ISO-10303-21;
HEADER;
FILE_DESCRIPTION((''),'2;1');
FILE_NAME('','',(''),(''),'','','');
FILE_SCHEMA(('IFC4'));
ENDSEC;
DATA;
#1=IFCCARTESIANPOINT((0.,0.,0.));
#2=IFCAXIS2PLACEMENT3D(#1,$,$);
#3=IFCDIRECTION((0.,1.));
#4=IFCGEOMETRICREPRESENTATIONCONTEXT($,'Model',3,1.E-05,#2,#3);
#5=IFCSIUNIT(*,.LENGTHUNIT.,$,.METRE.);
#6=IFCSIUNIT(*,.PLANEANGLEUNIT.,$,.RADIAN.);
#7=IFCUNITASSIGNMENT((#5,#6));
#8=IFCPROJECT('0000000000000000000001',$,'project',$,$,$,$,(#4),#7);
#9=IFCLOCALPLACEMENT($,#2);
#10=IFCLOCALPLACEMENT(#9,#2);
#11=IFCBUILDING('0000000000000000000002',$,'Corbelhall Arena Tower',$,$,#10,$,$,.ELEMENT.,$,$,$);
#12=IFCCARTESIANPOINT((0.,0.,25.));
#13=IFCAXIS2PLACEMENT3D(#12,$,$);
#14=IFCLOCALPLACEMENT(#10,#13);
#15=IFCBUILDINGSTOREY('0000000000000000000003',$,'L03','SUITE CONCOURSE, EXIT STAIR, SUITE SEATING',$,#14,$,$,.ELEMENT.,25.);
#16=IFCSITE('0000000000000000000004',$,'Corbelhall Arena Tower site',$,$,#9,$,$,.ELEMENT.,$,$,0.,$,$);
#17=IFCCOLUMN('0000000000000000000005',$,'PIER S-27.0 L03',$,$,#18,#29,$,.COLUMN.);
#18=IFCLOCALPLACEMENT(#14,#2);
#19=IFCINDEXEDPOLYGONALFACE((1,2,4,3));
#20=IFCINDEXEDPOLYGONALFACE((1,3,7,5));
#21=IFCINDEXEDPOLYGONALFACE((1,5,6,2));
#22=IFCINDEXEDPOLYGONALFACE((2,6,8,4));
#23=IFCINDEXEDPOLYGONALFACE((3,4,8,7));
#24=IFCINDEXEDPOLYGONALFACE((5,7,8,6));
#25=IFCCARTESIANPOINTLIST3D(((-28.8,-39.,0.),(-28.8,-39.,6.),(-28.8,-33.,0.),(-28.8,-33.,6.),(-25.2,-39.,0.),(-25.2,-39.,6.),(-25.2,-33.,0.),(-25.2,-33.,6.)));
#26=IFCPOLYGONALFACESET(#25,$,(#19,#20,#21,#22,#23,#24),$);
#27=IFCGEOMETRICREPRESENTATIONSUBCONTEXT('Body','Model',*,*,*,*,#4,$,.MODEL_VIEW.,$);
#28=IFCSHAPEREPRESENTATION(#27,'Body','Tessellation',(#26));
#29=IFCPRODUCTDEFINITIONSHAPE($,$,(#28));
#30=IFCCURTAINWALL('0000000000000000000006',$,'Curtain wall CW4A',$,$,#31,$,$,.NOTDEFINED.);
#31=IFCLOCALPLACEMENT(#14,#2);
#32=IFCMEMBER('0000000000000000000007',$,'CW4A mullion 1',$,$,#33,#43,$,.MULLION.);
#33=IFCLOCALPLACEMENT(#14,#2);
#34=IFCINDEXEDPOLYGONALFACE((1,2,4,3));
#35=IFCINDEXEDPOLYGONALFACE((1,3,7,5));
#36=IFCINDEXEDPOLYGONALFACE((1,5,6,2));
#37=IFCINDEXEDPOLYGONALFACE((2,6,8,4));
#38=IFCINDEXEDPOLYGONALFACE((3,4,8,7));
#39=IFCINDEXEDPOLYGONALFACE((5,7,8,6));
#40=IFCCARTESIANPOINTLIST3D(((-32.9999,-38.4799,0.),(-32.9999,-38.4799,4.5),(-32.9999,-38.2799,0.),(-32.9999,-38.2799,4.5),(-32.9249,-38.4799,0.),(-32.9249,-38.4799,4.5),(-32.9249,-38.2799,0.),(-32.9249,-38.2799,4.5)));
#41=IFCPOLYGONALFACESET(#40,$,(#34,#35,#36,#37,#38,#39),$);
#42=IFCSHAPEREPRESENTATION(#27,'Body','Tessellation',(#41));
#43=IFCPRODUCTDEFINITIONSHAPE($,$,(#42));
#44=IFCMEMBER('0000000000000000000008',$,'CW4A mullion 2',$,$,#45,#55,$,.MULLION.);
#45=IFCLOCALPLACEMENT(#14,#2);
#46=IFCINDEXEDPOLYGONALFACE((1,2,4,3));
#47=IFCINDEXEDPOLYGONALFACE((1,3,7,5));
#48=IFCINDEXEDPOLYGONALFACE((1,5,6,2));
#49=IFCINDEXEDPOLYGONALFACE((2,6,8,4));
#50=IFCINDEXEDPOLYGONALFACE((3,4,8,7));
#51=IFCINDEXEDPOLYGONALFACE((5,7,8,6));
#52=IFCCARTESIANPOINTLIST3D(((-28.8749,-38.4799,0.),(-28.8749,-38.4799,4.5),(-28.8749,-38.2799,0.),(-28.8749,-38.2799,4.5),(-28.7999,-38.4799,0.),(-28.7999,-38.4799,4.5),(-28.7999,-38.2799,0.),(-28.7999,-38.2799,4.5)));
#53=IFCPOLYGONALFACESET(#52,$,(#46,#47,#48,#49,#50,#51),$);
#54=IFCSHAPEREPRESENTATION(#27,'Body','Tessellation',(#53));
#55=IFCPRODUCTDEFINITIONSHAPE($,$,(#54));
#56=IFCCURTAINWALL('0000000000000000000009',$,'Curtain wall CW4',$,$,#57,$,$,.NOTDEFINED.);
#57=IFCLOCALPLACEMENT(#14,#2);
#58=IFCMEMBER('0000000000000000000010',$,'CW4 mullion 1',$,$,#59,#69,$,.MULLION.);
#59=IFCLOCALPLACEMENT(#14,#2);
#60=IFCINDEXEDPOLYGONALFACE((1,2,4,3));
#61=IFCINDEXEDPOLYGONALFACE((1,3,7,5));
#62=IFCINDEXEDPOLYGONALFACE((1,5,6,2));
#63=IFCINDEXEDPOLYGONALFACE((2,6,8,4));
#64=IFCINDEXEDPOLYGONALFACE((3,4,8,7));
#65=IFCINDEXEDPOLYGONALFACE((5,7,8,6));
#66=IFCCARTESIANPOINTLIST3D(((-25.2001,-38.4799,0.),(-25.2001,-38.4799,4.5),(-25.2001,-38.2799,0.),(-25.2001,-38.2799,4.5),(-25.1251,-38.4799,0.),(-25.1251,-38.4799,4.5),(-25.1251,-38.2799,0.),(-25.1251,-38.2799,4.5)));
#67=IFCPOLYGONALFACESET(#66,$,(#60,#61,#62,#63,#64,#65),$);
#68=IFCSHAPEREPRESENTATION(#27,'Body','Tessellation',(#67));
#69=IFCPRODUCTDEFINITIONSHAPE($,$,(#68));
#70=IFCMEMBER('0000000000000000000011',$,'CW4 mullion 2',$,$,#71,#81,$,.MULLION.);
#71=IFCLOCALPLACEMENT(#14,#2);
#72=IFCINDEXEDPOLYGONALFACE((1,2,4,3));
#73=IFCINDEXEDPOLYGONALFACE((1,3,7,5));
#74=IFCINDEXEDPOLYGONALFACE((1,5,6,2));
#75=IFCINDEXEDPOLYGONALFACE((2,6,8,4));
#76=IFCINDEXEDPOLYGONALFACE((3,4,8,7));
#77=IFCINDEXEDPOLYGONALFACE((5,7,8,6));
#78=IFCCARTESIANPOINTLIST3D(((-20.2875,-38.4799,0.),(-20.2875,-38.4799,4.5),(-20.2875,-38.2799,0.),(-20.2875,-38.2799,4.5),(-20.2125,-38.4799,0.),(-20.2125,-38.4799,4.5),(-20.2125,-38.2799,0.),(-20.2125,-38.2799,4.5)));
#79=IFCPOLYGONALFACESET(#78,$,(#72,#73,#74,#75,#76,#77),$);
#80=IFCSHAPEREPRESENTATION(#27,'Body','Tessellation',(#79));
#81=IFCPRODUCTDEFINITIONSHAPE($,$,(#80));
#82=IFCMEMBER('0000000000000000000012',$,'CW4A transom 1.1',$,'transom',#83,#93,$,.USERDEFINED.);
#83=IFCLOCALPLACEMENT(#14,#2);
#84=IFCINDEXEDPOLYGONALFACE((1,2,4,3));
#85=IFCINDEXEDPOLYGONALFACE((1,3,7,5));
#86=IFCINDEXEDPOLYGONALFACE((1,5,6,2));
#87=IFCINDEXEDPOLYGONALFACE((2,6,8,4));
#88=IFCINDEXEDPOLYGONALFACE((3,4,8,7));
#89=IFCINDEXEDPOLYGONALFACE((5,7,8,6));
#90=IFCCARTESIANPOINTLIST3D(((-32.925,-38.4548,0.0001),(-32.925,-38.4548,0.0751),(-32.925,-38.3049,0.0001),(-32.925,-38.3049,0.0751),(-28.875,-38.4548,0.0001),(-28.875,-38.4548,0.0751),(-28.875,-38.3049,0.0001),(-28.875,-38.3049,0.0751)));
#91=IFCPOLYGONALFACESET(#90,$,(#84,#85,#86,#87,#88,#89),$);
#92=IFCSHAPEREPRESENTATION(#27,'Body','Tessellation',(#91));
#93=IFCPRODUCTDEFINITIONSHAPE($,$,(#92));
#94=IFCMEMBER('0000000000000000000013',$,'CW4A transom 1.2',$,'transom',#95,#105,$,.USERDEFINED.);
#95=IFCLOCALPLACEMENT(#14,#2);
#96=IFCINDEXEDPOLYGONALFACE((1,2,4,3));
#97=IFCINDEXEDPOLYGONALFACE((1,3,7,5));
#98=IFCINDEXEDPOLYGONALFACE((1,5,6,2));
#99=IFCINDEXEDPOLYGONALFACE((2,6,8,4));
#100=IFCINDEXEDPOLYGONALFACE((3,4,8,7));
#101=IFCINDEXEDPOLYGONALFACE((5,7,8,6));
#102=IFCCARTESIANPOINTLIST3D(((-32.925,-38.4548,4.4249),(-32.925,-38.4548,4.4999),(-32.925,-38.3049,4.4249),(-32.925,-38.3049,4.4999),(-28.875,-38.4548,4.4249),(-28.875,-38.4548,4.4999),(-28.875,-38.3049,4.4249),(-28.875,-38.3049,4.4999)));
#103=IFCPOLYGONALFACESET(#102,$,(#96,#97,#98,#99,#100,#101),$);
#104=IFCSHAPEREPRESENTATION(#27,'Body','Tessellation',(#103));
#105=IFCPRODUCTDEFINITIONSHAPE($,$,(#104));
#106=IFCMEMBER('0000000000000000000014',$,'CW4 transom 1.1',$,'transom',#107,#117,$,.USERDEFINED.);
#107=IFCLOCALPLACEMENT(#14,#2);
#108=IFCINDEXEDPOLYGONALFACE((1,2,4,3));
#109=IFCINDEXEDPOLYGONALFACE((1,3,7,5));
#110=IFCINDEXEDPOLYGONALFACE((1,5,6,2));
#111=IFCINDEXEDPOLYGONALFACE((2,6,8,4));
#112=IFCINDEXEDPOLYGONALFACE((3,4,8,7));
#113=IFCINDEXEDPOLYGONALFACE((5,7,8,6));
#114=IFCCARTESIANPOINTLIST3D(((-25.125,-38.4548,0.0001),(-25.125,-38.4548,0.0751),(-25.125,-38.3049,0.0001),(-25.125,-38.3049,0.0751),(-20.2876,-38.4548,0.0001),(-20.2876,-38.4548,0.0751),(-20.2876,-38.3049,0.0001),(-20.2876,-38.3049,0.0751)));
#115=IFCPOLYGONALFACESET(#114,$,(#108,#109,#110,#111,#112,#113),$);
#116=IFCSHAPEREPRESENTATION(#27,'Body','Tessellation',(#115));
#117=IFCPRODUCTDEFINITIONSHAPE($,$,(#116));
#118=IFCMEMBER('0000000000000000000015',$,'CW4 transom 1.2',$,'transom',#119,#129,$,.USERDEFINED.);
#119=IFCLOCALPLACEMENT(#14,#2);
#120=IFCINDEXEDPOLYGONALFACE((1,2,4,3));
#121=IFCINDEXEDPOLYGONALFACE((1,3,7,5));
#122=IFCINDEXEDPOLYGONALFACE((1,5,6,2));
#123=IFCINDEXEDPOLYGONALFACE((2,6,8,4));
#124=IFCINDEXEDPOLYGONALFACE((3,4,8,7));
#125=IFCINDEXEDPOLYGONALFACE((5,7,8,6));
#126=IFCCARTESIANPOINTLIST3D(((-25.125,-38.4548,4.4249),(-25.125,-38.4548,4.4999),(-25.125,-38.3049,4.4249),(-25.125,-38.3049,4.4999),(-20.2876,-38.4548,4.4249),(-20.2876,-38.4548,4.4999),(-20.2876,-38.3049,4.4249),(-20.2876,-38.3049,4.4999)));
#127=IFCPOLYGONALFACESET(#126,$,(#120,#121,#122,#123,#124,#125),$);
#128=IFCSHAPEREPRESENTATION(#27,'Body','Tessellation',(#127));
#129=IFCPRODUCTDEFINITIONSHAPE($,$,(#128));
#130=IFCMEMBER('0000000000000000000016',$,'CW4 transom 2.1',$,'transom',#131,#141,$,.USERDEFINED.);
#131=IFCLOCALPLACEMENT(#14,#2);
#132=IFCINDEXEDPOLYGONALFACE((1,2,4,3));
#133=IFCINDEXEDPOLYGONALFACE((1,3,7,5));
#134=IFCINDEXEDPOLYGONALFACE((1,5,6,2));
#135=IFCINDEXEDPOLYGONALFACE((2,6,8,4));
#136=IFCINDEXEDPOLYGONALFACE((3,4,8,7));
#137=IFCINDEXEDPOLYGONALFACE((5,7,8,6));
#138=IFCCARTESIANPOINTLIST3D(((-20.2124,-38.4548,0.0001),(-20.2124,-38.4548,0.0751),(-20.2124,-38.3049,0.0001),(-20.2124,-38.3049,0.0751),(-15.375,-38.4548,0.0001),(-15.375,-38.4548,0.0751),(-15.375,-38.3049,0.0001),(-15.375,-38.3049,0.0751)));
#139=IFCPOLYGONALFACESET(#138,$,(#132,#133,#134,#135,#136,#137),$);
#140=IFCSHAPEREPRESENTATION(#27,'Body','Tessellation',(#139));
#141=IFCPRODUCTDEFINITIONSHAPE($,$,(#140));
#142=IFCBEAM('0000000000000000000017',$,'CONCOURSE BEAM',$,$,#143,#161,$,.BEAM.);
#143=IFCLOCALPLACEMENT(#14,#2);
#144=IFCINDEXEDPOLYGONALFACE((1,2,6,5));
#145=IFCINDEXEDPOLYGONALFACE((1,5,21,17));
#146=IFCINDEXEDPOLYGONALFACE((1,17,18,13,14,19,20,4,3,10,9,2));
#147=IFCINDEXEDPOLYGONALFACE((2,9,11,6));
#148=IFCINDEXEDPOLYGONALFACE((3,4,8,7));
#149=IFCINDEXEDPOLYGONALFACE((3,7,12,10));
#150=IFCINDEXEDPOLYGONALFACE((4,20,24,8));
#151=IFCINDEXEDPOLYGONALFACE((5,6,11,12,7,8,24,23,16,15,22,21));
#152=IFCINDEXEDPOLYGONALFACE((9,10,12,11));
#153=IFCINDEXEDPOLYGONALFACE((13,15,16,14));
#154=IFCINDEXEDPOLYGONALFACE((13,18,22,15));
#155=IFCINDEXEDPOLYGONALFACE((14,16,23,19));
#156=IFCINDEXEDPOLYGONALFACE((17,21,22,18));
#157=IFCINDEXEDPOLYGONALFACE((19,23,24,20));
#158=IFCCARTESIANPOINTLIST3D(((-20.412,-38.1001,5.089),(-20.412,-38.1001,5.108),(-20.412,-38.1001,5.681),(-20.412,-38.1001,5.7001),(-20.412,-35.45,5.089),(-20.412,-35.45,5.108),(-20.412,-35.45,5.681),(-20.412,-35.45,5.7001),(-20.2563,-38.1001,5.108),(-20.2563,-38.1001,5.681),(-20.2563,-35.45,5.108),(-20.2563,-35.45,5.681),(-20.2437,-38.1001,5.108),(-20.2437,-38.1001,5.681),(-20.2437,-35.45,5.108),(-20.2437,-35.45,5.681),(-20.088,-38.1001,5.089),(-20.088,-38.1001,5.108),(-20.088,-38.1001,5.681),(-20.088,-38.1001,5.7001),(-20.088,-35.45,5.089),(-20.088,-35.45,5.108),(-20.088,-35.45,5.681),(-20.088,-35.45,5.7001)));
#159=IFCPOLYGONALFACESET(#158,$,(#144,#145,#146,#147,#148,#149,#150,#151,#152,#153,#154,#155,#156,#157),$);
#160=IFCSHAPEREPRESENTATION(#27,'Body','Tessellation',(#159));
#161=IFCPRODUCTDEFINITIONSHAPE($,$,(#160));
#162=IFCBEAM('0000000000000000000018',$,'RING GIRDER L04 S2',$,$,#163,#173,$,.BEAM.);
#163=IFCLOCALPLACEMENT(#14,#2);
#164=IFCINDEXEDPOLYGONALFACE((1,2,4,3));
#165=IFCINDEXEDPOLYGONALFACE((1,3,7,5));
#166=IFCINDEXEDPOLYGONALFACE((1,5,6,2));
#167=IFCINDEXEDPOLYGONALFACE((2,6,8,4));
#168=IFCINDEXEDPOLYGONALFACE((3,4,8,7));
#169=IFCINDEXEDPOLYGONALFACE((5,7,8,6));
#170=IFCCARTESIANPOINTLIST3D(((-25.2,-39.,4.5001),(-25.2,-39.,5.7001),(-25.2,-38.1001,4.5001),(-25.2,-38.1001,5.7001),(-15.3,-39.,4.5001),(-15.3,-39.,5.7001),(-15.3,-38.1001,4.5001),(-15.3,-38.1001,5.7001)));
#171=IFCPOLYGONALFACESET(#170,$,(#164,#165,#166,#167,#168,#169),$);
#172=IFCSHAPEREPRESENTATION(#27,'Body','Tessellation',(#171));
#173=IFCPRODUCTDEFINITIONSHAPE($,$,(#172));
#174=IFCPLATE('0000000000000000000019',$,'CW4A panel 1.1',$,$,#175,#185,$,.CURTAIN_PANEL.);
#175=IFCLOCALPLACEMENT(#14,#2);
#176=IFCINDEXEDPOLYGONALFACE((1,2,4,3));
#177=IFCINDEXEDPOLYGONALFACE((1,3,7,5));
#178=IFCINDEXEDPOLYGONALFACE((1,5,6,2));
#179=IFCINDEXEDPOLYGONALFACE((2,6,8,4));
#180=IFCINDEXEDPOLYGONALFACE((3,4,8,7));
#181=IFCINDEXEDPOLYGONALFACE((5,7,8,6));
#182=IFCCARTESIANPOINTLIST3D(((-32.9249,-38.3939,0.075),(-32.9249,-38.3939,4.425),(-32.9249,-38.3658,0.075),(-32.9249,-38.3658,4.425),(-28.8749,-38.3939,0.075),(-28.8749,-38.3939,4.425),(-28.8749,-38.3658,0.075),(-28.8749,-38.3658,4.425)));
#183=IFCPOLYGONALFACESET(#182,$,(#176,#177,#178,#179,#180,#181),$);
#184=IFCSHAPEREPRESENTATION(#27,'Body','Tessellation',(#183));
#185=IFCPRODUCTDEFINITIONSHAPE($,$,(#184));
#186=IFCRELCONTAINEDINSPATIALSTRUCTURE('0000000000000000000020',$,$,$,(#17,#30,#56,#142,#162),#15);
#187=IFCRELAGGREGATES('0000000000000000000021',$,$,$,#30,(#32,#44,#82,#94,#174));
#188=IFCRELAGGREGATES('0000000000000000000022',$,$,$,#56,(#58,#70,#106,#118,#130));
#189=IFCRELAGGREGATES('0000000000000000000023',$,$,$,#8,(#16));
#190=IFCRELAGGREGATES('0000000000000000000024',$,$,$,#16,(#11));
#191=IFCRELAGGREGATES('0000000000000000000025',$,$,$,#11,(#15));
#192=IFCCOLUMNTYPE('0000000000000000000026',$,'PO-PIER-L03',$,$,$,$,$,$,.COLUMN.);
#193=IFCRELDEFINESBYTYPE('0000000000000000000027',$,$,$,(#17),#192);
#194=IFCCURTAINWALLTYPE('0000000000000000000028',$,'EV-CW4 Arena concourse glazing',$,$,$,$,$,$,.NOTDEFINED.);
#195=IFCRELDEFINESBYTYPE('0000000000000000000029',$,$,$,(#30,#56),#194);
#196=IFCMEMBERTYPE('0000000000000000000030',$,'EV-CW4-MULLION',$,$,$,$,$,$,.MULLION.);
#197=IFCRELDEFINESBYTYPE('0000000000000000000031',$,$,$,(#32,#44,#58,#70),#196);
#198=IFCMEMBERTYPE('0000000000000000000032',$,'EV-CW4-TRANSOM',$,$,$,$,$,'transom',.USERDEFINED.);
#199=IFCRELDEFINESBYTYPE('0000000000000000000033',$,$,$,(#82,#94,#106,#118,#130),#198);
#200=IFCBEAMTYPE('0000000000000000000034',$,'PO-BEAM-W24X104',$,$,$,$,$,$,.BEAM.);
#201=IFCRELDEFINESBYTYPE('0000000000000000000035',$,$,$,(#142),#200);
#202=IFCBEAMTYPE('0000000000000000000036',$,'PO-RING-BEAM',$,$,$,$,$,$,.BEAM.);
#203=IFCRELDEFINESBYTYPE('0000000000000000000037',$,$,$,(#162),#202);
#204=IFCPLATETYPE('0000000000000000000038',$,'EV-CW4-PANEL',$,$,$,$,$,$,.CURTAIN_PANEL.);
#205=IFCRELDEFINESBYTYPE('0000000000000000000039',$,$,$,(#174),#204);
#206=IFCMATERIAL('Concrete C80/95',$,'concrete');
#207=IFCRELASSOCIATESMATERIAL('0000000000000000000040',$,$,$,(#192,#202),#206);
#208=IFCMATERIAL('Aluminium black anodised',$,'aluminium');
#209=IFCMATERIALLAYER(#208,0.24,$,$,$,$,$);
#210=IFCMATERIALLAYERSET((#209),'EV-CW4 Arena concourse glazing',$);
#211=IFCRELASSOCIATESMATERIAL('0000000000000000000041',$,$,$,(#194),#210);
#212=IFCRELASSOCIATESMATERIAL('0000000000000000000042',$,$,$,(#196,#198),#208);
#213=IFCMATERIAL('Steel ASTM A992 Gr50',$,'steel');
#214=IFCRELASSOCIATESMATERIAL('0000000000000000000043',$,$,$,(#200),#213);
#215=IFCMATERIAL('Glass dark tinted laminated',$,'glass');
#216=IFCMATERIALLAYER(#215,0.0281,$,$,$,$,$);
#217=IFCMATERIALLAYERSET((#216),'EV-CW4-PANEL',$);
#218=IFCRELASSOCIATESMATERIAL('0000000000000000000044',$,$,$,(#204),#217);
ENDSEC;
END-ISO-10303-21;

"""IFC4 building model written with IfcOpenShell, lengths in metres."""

from ifc_helpers import new_model, si_unit, direction, frame, origin, origin_2d, place, context, subcontext, project, spatial, rectangle, i_section, extrude, material, layer, layer_set, material_profile, profile_set, type_object, element, aggregate, save


model = new_model("IFC4")

# Units and contexts
model_context = context("Model", 3, precision=1e-05, world=origin(), true_north=direction((0.0, 1.0)))
body_context = subcontext(model_context, "Body", "Model", "MODEL_VIEW")
ifc_project = project(units=[si_unit("LENGTHUNIT", "METRE"), si_unit("PLANEANGLEUNIT", "RADIAN")], contexts=[model_context])

# Site, building, storey
site_placement = place(None, origin())
site = spatial("IfcSite", under=ifc_project, at=site_placement, Name="Corbelhall Arena Tower site", CompositionType="ELEMENT", RefElevation=0.0)
building_placement = place(site_placement, origin())
building = spatial("IfcBuilding", under=site, at=building_placement, Name="Corbelhall Arena Tower", CompositionType="ELEMENT")
storey_placement = place(building_placement, frame((0.0, 0.0, 25.0)))
storey = spatial("IfcBuildingStorey", under=building, at=storey_placement, Name="L03", Description="SUITE CONCOURSE, EXIT STAIR, SUITE SEATING", CompositionType="ELEMENT", Elevation=25.0)

# Column
ifc_material_1 = material(Name="Concrete C80/95", Category="concrete")
ifc_material_profile_1 = material_profile(ifc_material_1, rectangle(XDim=3.6001, YDim=6.0, at=origin_2d()))
ifc_profile_set_1 = profile_set([ifc_material_profile_1], Name="Concrete C80/95")
column_type = type_object("IfcColumnType", Name="PO-PIER-L03", PredefinedType="COLUMN", material=ifc_profile_set_1)
column_placement = place(storey_placement, frame((-27.0, -36.0, 0.0), z_axis=(0.0, 0.0, 1.0), x_axis=(1.0, 0.0, 0.0)))
element("IfcColumn", 1, at=column_placement, inside=storey, type_object=column_type, Name="PIER S-27.0 L03", PredefinedType="COLUMN", context=body_context, shape_type="SweptSolid", body=[
    extrude(rectangle(XDim=3.6001, YDim=6.0, at=origin_2d()), origin(), (0.0, 0.0, 1.0), 6.0),
])

# Curtain walls, members
ifc_material_2 = material(Name="Aluminium black anodised", Category="aluminium")
ifc_layer_1 = layer(ifc_material_2, 0.24)
ifc_layer_set_1 = layer_set([ifc_layer_1], Name="EV-CW4 Arena concourse glazing")
curtain_wall_type = type_object("IfcCurtainWallType", Name="EV-CW4 Arena concourse glazing", PredefinedType="NOTDEFINED", material=ifc_layer_set_1)
curtain_wall_1_placement = place(storey_placement, origin())
curtain_wall_1 = element("IfcCurtainWall", 2, at=curtain_wall_1_placement, inside=storey, type_object=curtain_wall_type, Name="Curtain wall CW4A", PredefinedType="NOTDEFINED")
ifc_material_profile_2 = material_profile(ifc_material_2, rectangle(XDim=0.2, YDim=0.075, at=origin_2d()))
ifc_profile_set_2 = profile_set([ifc_material_profile_2], Name="Aluminium black anodised")
member_type_1 = type_object("IfcMemberType", Name="EV-CW4-MULLION", PredefinedType="MULLION", material=ifc_profile_set_2)
member_1_placement = place(storey_placement, frame((-32.9624, -38.3799, 0.0), z_axis=(0.0, 0.0, 1.0), x_axis=(0.0, 1.0, 0.0)))
member_1 = element("IfcMember", 3, at=member_1_placement, type_object=member_type_1, Name="CW4A mullion 1", PredefinedType="MULLION", context=body_context, shape_type="SweptSolid", body=[
    extrude(rectangle(XDim=0.2, YDim=0.075, at=origin_2d()), origin(), (0.0, 0.0, 1.0), 4.5),
])
member_2_placement = place(storey_placement, frame((-28.8374, -38.3799, 0.0), z_axis=(0.0, 0.0, 1.0), x_axis=(0.0, 1.0, 0.0)))
member_2 = element("IfcMember", 4, at=member_2_placement, type_object=member_type_1, Name="CW4A mullion 2", PredefinedType="MULLION", context=body_context, shape_type="SweptSolid", body=[
    extrude(rectangle(XDim=0.2, YDim=0.075, at=origin_2d()), origin(), (0.0, 0.0, 1.0), 4.5),
])
curtain_wall_2_placement = place(storey_placement, origin())
curtain_wall_2 = element("IfcCurtainWall", 5, at=curtain_wall_2_placement, inside=storey, type_object=curtain_wall_type, Name="Curtain wall CW4", PredefinedType="NOTDEFINED")
member_3_placement = place(storey_placement, frame((-25.1626, -38.3799, 0.0), z_axis=(0.0, 0.0, 1.0), x_axis=(0.0, 1.0, 0.0)))
member_3 = element("IfcMember", 6, at=member_3_placement, type_object=member_type_1, Name="CW4 mullion 1", PredefinedType="MULLION", context=body_context, shape_type="SweptSolid", body=[
    extrude(rectangle(XDim=0.2, YDim=0.075, at=origin_2d()), origin(), (0.0, 0.0, 1.0), 4.5),
])
member_4_placement = place(storey_placement, frame((-20.25, -38.3799, 0.0), z_axis=(0.0, 0.0, 1.0), x_axis=(0.0, 1.0, 0.0)))
member_4 = element("IfcMember", 7, at=member_4_placement, type_object=member_type_1, Name="CW4 mullion 2", PredefinedType="MULLION", context=body_context, shape_type="SweptSolid", body=[
    extrude(rectangle(XDim=0.2, YDim=0.075, at=origin_2d()), origin(), (0.0, 0.0, 1.0), 4.5),
])

# Members
ifc_material_profile_3 = material_profile(ifc_material_2, rectangle(XDim=0.1499, YDim=0.075, at=origin_2d()))
ifc_profile_set_3 = profile_set([ifc_material_profile_3], Name="Aluminium black anodised")
member_type_2 = type_object("IfcMemberType", Name="EV-CW4-TRANSOM", ElementType="transom", PredefinedType="USERDEFINED", material=ifc_profile_set_3)
member_5_placement = place(storey_placement, frame((-32.925, -38.3799, 0.0376), z_axis=(1.0, 0.0, 0.0), x_axis=(0.0, 1.0, 0.0)))
member_5 = element("IfcMember", 8, at=member_5_placement, type_object=member_type_2, Name="CW4A transom 1.1", ObjectType="transom", PredefinedType="USERDEFINED", context=body_context, shape_type="SweptSolid", body=[
    extrude(rectangle(XDim=0.1499, YDim=0.075, at=origin_2d()), origin(), (0.0, 0.0, 1.0), 4.05),
])
member_6_placement = place(storey_placement, frame((-32.925, -38.3799, 4.4624), z_axis=(1.0, 0.0, 0.0), x_axis=(0.0, 1.0, 0.0)))
member_6 = element("IfcMember", 9, at=member_6_placement, type_object=member_type_2, Name="CW4A transom 1.2", ObjectType="transom", PredefinedType="USERDEFINED", context=body_context, shape_type="SweptSolid", body=[
    extrude(rectangle(XDim=0.1499, YDim=0.075, at=origin_2d()), origin(), (0.0, 0.0, 1.0), 4.05),
])
member_7_placement = place(storey_placement, frame((-25.125, -38.3799, 0.0376), z_axis=(1.0, 0.0, 0.0), x_axis=(0.0, 1.0, 0.0)))
member_7 = element("IfcMember", 10, at=member_7_placement, type_object=member_type_2, Name="CW4 transom 1.1", ObjectType="transom", PredefinedType="USERDEFINED", context=body_context, shape_type="SweptSolid", body=[
    extrude(rectangle(XDim=0.1499, YDim=0.075, at=origin_2d()), origin(), (0.0, 0.0, 1.0), 4.8374),
])
member_8_placement = place(storey_placement, frame((-25.125, -38.3799, 4.4624), z_axis=(1.0, 0.0, 0.0), x_axis=(0.0, 1.0, 0.0)))
member_8 = element("IfcMember", 11, at=member_8_placement, type_object=member_type_2, Name="CW4 transom 1.2", ObjectType="transom", PredefinedType="USERDEFINED", context=body_context, shape_type="SweptSolid", body=[
    extrude(rectangle(XDim=0.1499, YDim=0.075, at=origin_2d()), origin(), (0.0, 0.0, 1.0), 4.8374),
])
member_9_placement = place(storey_placement, frame((-20.2124, -38.3799, 0.0376), z_axis=(1.0, 0.0, 0.0), x_axis=(0.0, 1.0, 0.0)))
member_9 = element("IfcMember", 12, at=member_9_placement, type_object=member_type_2, Name="CW4 transom 2.1", ObjectType="transom", PredefinedType="USERDEFINED", context=body_context, shape_type="SweptSolid", body=[
    extrude(rectangle(XDim=0.1499, YDim=0.075, at=origin_2d()), origin(), (0.0, 0.0, 1.0), 4.8374),
])

# Beams
ifc_material_3 = material(Name="Steel ASTM A992 Gr50", Category="steel")
ifc_material_profile_4 = material_profile(ifc_material_3, i_section(OverallWidth=0.324, OverallDepth=0.6111, WebThickness=0.0127, FlangeThickness=0.019, at=origin_2d()))
ifc_profile_set_4 = profile_set([ifc_material_profile_4], Name="Steel ASTM A992 Gr50")
beam_type_1 = type_object("IfcBeamType", Name="PO-BEAM-W24X104", PredefinedType="BEAM", material=ifc_profile_set_4)
beam_1_placement = place(storey_placement, frame((-20.25, -35.45, 5.3945), z_axis=(0.0, -1.0, 0.0), x_axis=(1.0, 0.0, 0.0)))
element("IfcBeam", 13, at=beam_1_placement, inside=storey, type_object=beam_type_1, Name="CONCOURSE BEAM", PredefinedType="BEAM", context=body_context, shape_type="SweptSolid", body=[
    extrude(i_section(OverallWidth=0.324, OverallDepth=0.6111, WebThickness=0.0127, FlangeThickness=0.019, at=origin_2d()), origin(), (0.0, 0.0, 1.0), 2.6501),
])
ifc_material_profile_5 = material_profile(ifc_material_1, rectangle(XDim=0.8999, YDim=1.2, at=origin_2d()))
ifc_profile_set_5 = profile_set([ifc_material_profile_5], Name="Concrete C80/95")
beam_type_2 = type_object("IfcBeamType", Name="PO-RING-BEAM", PredefinedType="BEAM", material=ifc_profile_set_5)
beam_2_placement = place(storey_placement, frame((-25.2, -38.55, 5.1001), z_axis=(1.0, 0.0, 0.0), x_axis=(0.0, 1.0, 0.0)))
element("IfcBeam", 14, at=beam_2_placement, inside=storey, type_object=beam_type_2, Name="RING GIRDER L04 S2", PredefinedType="BEAM", context=body_context, shape_type="SweptSolid", body=[
    extrude(rectangle(XDim=0.8999, YDim=1.2, at=origin_2d()), origin(), (0.0, 0.0, 1.0), 9.8999),
])

# Plate
ifc_material_4 = material(Name="Glass dark tinted laminated", Category="glass")
ifc_layer_2 = layer(ifc_material_4, 0.0281)
ifc_layer_set_2 = layer_set([ifc_layer_2], Name="EV-CW4-PANEL")
plate_type = type_object("IfcPlateType", Name="EV-CW4-PANEL", PredefinedType="CURTAIN_PANEL", material=ifc_layer_set_2)
plate_1_placement = place(storey_placement, frame((-30.8999, -38.3799, 0.075), z_axis=(0.0, 0.0, 1.0), x_axis=(1.0, 0.0, 0.0)))
plate_1 = element("IfcPlate", 15, at=plate_1_placement, type_object=plate_type, Name="CW4A panel 1.1", PredefinedType="CURTAIN_PANEL", context=body_context, shape_type="SweptSolid", body=[
    extrude(rectangle(XDim=4.05, YDim=0.0281, at=origin_2d()), origin(), (0.0, 0.0, 1.0), 4.3501),
])
aggregate(curtain_wall_1, [member_1, member_2, member_5, member_6, plate_1])
aggregate(curtain_wall_2, [member_3, member_4, member_7, member_8, member_9])

save(model, "model.ifc")
